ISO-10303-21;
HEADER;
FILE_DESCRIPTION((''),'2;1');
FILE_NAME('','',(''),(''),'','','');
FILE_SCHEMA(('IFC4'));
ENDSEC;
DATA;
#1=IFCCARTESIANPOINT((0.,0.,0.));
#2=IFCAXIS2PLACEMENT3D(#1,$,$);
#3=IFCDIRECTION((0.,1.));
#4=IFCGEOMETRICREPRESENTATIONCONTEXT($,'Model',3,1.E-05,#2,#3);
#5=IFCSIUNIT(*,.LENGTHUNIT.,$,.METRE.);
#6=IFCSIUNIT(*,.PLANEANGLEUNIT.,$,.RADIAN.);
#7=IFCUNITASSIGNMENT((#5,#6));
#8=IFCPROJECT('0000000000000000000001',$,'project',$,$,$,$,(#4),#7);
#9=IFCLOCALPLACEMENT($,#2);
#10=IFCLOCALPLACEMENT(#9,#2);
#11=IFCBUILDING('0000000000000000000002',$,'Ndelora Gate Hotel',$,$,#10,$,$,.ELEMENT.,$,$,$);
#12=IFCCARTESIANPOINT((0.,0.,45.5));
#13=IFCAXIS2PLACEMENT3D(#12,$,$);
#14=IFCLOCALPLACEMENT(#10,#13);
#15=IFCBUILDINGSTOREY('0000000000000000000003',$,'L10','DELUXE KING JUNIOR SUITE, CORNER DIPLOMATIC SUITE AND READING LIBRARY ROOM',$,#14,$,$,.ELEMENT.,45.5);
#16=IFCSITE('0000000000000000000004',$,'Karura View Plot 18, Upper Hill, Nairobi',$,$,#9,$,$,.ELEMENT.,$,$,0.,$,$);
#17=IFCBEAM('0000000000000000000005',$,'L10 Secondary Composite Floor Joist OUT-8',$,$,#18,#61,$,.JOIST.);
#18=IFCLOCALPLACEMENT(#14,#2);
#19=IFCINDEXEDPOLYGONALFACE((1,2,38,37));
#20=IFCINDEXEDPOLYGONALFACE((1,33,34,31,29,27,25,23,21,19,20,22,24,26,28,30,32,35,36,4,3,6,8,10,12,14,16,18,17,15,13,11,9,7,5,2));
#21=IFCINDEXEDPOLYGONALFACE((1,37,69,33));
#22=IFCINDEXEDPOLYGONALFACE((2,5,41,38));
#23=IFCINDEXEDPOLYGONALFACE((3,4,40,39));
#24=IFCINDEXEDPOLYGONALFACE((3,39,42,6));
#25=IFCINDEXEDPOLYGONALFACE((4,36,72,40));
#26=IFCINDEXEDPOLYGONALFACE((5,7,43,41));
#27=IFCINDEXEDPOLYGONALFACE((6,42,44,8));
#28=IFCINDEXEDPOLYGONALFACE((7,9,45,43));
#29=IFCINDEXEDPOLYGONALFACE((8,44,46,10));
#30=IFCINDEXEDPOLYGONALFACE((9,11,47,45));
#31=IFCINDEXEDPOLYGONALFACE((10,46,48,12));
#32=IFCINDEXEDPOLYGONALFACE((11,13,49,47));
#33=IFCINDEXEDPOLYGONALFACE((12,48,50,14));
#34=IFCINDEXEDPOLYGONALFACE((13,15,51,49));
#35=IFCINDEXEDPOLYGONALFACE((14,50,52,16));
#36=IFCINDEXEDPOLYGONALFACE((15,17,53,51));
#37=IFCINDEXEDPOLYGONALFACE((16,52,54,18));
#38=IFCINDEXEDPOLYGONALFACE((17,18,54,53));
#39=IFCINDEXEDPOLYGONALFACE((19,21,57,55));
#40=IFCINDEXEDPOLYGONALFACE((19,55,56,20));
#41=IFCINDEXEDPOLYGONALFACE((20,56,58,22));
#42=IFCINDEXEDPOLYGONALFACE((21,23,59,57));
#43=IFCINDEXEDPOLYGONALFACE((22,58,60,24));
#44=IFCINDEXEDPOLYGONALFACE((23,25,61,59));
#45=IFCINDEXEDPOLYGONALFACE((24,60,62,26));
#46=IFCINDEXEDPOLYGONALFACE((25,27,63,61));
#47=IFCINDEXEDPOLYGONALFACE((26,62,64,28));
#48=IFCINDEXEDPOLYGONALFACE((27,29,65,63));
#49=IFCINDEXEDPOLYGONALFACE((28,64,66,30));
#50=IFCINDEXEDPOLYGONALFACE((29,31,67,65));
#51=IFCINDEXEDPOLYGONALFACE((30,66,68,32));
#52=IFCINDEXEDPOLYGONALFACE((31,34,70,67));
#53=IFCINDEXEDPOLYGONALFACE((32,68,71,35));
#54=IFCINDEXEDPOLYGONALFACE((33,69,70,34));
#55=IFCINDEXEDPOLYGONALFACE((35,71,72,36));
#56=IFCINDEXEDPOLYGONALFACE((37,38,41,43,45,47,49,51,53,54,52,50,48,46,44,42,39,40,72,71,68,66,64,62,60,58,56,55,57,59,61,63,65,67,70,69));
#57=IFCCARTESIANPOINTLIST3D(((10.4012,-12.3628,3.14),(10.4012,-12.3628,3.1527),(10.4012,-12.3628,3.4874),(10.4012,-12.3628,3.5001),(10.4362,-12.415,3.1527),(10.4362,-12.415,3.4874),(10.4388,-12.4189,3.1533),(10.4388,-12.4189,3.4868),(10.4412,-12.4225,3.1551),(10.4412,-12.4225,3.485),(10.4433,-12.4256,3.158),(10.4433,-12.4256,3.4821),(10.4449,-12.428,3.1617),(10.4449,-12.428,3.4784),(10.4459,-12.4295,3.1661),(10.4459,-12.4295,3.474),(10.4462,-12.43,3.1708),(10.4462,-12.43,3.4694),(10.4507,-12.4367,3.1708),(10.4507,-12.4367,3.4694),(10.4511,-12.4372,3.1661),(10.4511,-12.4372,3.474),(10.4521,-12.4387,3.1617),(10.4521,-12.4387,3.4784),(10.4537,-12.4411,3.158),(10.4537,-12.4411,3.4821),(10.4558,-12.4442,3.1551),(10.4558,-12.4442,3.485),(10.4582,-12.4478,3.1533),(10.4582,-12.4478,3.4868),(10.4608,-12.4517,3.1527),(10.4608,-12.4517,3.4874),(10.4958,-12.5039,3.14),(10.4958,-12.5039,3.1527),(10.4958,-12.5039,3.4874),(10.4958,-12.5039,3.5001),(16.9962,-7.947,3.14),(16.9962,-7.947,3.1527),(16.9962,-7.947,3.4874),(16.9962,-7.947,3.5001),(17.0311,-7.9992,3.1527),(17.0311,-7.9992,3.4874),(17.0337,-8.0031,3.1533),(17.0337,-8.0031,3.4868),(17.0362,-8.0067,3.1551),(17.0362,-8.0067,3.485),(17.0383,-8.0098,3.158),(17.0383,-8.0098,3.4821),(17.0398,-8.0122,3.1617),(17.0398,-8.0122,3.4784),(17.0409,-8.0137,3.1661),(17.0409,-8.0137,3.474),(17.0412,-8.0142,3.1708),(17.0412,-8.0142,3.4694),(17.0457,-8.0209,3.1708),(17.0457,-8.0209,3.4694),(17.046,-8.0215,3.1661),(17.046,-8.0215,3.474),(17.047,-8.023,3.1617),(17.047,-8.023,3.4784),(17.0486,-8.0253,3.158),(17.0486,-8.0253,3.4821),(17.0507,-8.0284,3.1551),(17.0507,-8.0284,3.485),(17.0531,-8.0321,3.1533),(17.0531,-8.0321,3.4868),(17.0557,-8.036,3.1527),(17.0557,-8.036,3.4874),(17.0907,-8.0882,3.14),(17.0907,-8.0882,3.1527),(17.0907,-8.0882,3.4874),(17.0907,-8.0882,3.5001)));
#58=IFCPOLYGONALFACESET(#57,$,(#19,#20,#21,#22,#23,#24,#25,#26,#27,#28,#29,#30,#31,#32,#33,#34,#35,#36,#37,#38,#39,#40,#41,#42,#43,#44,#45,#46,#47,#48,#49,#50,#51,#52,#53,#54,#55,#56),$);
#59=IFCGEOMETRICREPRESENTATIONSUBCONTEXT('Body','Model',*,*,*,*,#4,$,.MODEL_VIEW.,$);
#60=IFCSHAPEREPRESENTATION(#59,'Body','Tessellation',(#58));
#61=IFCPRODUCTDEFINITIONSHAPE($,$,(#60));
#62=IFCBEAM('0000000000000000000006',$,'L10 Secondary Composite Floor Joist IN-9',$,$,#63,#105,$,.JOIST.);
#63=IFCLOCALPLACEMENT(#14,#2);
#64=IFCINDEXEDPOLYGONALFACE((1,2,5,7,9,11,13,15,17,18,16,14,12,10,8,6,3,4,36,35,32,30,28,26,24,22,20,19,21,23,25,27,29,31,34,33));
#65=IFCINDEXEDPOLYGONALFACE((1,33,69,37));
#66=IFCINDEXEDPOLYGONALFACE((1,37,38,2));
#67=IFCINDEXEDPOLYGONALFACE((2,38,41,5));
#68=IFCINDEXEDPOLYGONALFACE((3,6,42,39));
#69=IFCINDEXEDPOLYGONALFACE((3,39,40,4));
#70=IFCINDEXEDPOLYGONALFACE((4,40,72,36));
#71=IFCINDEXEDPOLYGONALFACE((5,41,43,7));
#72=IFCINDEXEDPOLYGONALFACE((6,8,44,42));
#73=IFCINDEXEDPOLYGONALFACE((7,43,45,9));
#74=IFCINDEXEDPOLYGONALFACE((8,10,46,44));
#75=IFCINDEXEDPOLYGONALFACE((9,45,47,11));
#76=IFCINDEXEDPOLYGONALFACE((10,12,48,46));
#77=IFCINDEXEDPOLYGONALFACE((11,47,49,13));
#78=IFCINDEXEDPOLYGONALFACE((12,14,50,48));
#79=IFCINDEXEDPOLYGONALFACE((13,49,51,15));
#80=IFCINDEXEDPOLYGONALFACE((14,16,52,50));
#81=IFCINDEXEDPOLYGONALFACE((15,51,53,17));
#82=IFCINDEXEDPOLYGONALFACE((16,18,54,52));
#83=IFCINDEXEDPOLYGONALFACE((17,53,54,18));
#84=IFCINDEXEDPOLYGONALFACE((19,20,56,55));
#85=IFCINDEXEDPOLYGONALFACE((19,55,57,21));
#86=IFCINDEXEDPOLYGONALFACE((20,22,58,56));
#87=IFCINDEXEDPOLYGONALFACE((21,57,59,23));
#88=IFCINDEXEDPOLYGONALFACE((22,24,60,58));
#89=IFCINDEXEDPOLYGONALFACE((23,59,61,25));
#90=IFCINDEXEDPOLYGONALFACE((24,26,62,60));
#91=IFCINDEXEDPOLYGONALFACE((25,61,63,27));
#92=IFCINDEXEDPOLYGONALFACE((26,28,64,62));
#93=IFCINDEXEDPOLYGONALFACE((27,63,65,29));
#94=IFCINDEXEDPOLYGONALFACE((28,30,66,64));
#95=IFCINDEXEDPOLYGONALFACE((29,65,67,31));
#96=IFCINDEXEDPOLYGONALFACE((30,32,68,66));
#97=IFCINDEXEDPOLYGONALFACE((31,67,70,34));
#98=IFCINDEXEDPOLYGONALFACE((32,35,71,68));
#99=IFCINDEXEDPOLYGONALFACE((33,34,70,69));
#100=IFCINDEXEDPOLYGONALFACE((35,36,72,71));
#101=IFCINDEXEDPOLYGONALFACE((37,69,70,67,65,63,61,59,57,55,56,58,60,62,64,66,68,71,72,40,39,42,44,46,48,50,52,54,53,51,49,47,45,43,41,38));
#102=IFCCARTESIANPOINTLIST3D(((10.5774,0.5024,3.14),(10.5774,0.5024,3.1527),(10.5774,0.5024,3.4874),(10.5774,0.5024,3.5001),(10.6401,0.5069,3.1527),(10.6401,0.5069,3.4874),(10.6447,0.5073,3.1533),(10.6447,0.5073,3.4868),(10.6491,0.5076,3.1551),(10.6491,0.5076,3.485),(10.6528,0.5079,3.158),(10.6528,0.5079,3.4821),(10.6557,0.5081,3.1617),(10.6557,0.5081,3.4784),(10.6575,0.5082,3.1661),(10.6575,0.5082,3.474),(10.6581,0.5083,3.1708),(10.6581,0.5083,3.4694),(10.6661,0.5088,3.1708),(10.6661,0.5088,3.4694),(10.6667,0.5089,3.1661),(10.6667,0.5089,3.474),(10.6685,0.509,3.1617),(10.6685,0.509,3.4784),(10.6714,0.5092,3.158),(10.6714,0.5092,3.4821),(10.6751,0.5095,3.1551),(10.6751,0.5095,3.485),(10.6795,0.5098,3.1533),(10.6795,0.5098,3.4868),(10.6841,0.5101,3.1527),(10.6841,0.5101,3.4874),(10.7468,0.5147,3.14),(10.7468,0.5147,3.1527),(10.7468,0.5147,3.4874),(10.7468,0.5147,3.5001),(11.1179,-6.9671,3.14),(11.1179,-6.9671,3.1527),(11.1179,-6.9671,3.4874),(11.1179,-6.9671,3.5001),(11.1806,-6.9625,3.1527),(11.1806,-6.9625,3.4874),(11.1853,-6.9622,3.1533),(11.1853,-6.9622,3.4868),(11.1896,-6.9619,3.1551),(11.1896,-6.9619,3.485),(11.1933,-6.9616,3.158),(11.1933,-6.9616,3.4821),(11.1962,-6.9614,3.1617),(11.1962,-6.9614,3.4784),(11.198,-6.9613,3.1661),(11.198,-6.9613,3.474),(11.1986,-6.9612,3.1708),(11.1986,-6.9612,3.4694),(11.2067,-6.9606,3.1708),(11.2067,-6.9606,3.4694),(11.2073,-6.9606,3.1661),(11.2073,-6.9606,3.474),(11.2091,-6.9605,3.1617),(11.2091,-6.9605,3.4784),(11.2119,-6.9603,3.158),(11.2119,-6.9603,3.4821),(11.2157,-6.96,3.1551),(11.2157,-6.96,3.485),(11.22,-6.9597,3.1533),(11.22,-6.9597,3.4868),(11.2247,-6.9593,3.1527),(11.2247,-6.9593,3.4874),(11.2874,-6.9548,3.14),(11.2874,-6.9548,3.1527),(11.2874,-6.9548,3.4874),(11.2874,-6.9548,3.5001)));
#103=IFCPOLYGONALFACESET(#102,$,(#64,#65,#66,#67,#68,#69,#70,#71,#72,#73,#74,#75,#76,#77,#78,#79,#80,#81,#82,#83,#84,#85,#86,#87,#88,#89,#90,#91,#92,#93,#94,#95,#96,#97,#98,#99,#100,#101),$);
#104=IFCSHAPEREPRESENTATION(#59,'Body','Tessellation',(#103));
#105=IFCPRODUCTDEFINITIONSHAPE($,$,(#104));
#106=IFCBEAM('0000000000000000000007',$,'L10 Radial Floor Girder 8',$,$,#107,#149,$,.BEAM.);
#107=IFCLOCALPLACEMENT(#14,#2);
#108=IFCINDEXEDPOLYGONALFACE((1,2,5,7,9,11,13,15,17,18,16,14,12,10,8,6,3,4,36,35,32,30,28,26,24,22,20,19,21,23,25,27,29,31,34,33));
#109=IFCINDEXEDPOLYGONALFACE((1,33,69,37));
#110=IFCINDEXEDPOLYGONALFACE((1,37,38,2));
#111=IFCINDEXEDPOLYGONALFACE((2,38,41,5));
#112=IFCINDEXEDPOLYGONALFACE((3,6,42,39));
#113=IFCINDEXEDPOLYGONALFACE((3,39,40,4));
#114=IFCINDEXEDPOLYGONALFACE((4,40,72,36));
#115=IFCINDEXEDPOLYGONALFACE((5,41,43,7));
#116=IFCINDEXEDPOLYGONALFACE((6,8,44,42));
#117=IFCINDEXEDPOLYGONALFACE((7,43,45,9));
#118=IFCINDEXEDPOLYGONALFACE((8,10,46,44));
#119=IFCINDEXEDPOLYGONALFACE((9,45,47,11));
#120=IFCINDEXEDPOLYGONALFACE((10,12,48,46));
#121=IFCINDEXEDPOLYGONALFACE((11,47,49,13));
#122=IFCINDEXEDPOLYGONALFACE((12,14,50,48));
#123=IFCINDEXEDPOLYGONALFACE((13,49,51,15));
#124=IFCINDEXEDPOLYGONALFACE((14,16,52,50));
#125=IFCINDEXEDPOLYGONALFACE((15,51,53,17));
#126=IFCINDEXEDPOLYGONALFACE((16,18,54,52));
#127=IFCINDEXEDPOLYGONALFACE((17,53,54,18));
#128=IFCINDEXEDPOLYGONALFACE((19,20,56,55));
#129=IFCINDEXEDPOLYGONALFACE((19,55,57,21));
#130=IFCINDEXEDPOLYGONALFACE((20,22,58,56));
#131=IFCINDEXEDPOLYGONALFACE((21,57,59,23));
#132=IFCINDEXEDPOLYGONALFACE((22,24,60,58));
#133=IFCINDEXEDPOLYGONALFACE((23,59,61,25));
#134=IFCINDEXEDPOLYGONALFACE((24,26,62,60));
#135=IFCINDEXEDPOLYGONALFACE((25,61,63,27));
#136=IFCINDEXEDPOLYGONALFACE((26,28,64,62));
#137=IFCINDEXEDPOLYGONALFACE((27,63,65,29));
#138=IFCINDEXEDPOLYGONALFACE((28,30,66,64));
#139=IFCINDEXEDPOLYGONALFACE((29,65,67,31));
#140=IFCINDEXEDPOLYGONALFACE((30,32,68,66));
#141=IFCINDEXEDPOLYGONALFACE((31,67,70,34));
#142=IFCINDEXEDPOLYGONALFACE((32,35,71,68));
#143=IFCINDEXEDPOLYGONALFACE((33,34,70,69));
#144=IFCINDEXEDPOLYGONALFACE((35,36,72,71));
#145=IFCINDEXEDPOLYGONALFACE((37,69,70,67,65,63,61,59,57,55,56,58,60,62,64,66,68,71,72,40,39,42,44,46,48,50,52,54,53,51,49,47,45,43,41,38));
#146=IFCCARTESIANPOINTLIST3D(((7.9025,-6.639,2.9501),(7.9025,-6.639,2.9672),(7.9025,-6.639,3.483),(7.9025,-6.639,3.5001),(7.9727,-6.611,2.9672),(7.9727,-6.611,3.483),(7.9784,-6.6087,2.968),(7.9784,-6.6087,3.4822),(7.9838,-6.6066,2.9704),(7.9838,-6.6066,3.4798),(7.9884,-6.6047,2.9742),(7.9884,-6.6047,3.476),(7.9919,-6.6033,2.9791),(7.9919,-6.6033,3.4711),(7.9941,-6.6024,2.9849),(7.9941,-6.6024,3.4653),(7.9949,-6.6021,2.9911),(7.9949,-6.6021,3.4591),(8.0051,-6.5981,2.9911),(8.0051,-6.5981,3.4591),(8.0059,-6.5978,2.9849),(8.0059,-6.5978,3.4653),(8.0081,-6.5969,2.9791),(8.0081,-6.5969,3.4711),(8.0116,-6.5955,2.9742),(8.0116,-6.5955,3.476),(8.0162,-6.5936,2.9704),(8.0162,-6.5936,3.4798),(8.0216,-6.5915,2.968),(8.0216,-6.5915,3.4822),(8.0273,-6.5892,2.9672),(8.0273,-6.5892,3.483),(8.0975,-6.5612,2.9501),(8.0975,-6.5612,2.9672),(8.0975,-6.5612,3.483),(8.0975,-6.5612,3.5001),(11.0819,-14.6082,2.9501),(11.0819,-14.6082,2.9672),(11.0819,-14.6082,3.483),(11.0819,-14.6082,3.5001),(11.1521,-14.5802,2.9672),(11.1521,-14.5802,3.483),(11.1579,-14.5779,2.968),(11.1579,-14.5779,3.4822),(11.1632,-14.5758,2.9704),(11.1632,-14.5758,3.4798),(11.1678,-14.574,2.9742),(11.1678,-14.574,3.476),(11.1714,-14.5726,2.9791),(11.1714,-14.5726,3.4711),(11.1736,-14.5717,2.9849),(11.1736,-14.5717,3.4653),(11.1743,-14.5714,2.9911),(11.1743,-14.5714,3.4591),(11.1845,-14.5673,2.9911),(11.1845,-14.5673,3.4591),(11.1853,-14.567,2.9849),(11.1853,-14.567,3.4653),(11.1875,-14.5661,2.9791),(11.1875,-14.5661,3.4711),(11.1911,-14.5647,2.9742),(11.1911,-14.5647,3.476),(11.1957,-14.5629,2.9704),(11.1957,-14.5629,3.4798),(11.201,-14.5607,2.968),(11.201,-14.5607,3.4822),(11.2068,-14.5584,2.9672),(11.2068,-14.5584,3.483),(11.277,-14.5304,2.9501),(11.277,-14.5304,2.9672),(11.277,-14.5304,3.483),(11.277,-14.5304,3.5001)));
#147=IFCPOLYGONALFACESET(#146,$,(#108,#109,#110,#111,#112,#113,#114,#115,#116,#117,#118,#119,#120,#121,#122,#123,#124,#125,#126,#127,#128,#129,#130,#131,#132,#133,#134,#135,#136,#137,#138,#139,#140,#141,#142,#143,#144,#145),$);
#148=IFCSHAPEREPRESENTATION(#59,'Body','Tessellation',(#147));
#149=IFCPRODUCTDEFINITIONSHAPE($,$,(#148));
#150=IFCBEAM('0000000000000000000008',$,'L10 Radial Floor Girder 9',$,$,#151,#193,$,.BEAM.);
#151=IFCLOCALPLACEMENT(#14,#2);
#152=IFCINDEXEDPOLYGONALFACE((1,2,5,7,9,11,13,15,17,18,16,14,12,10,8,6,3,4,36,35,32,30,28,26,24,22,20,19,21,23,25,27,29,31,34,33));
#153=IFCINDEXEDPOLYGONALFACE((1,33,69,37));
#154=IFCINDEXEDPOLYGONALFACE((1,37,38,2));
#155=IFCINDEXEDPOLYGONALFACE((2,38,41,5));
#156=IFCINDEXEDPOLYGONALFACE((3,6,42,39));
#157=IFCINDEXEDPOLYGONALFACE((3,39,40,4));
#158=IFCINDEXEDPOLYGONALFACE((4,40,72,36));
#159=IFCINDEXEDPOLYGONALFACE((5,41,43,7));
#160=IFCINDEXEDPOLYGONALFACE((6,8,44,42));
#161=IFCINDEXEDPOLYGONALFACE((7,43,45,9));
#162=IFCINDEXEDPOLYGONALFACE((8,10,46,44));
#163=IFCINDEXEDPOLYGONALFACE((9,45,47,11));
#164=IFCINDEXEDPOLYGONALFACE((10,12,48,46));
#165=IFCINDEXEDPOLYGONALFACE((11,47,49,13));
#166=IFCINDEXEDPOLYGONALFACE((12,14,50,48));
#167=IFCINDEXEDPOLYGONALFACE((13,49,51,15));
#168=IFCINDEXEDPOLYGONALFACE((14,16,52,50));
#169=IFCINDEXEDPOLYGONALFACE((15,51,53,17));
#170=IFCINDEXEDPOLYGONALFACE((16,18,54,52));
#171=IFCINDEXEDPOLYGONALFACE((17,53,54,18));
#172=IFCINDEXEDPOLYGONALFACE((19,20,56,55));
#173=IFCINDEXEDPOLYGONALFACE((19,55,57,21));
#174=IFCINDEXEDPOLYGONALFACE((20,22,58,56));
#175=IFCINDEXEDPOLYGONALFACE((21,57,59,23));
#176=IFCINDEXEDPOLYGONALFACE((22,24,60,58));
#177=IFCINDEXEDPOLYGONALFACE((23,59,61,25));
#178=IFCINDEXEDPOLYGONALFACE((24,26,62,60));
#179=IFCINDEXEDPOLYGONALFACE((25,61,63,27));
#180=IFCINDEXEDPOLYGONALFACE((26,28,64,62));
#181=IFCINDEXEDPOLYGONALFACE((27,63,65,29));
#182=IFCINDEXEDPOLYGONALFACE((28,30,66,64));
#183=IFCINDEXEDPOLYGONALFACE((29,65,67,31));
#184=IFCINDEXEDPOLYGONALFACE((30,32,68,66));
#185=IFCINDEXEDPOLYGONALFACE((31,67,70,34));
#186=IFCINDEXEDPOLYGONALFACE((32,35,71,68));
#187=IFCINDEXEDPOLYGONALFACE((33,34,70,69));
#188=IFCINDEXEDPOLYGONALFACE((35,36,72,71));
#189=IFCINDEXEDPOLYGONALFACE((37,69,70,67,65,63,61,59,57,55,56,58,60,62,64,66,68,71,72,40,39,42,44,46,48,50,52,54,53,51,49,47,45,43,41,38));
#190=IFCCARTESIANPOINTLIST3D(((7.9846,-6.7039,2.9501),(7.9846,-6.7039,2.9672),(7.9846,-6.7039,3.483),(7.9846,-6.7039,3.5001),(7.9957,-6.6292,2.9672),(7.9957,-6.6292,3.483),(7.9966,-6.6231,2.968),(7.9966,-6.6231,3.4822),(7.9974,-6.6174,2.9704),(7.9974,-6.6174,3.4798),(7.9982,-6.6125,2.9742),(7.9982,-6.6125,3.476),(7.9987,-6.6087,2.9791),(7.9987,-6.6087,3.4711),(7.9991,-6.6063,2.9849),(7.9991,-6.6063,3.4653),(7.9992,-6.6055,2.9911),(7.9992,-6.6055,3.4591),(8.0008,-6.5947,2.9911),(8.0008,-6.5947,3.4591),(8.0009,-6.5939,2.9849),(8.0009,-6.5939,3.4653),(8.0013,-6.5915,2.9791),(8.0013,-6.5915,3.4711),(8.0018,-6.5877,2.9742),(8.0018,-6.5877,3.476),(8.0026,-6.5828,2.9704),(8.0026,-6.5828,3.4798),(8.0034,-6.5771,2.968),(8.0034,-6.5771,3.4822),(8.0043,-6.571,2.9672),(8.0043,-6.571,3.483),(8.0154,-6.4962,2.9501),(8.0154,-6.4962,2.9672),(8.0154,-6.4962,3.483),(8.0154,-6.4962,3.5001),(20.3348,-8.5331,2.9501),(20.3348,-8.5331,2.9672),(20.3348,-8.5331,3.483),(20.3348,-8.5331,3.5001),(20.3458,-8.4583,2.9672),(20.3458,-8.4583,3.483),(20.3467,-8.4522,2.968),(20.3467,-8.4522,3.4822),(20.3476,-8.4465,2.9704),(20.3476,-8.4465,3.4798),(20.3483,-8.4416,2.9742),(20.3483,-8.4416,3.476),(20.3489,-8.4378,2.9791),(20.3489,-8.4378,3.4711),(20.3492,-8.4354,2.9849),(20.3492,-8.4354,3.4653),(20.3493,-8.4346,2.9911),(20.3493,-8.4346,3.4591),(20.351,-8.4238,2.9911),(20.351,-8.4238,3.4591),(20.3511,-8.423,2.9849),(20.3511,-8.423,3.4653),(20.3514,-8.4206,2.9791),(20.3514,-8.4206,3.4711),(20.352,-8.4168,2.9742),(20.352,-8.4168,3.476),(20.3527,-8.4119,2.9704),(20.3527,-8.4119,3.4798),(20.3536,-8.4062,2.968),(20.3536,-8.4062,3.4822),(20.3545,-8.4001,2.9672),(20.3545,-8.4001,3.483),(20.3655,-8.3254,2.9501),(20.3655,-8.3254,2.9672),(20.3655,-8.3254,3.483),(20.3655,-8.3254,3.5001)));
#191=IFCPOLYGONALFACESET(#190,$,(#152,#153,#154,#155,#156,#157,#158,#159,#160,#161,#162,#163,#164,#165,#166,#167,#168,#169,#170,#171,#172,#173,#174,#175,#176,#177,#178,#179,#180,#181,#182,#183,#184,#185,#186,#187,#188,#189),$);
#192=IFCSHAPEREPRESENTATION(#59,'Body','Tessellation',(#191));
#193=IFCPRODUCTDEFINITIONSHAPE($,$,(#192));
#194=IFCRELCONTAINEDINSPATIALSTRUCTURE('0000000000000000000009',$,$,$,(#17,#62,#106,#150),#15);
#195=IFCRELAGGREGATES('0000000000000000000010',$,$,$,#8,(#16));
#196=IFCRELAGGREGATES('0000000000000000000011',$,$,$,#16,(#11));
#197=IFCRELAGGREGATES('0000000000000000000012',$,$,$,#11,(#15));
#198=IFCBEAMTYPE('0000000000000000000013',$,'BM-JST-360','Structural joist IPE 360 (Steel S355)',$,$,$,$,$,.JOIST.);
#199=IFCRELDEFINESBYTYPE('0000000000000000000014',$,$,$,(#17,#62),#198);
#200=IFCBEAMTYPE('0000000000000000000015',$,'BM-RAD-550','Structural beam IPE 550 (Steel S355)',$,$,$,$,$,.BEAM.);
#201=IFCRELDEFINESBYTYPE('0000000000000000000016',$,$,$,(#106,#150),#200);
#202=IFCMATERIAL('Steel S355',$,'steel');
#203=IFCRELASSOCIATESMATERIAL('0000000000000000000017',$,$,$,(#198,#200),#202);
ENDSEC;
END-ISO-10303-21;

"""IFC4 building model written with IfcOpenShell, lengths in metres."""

from ifc_helpers import new_model, si_unit, direction, frame, origin, origin_2d, place, context, subcontext, project, spatial, i_section, extrude, material, material_profile, profile_set, type_object, element, save


model = new_model("IFC4")

# Units and contexts
model_context = context("Model", 3, precision=1e-05, world=origin(), true_north=direction((0.0, 1.0)))
body_context = subcontext(model_context, "Body", "Model", "MODEL_VIEW")
ifc_project = project(units=[si_unit("LENGTHUNIT", "METRE"), si_unit("PLANEANGLEUNIT", "RADIAN")], contexts=[model_context])

# Site, building, storey
site_placement = place(None, origin())
site = spatial("IfcSite", under=ifc_project, at=site_placement, Name="Karura View Plot 18, Upper Hill, Nairobi", CompositionType="ELEMENT", RefElevation=0.0)
building_placement = place(site_placement, origin())
building = spatial("IfcBuilding", under=site, at=building_placement, Name="Ndelora Gate Hotel", CompositionType="ELEMENT")
storey_placement = place(building_placement, frame((0.0, 0.0, 45.5)))
storey = spatial("IfcBuildingStorey", under=building, at=storey_placement, Name="L10", Description="DELUXE KING JUNIOR SUITE, CORNER DIPLOMATIC SUITE AND READING LIBRARY ROOM", CompositionType="ELEMENT", Elevation=45.5)

# Beams
ifc_material_1 = material(Name="Steel S355", Category="steel")
ifc_material_profile_1 = material_profile(ifc_material_1, i_section(OverallWidth=0.1699, OverallDepth=0.3601, WebThickness=0.0081, FlangeThickness=0.0127, FilletRadius=0.0181, at=origin_2d()), Name="IPE 360")
ifc_profile_set_1 = profile_set([ifc_material_profile_1], Name="Steel S355")
beam_type_1 = type_object("IfcBeamType", Name="BM-JST-360", Description="Structural joist IPE 360 (Steel S355)", PredefinedType="JOIST", material=ifc_profile_set_1)
beam_1_placement = place(storey_placement, frame((10.4485, -12.4333, 3.3201), z_axis=(0.830937, 0.556367, 0.0), x_axis=(-0.556367, 0.830937, 0.0)))
element("IfcBeam", 1, at=beam_1_placement, inside=storey, type_object=beam_type_1, Name="L10 Secondary Composite Floor Joist OUT-8", PredefinedType="JOIST", context=body_context, shape_type="SweptSolid", body=[
    extrude(i_section(OverallWidth=0.1699, OverallDepth=0.3601, WebThickness=0.0081, FlangeThickness=0.0127, FilletRadius=0.0181, at=origin_2d()), origin(), (0.0, 0.0, 1.0), 7.9368),
])
beam_2_placement = place(storey_placement, frame((11.2026, -6.9609, 3.3201), z_axis=(-0.072176, 0.997392, 0.0), x_axis=(-0.997392, -0.072176, 0.0)))
element("IfcBeam", 2, at=beam_2_placement, inside=storey, type_object=beam_type_1, Name="L10 Secondary Composite Floor Joist IN-9", PredefinedType="JOIST", context=body_context, shape_type="SweptSolid", body=[
    extrude(i_section(OverallWidth=0.1699, OverallDepth=0.3601, WebThickness=0.0081, FlangeThickness=0.0127, FilletRadius=0.0181, at=origin_2d()), origin(), (0.0, 0.0, 1.0), 7.489),
])
ifc_material_profile_2 = material_profile(ifc_material_1, i_section(OverallWidth=0.21, OverallDepth=0.55, WebThickness=0.011, FlangeThickness=0.0171, FilletRadius=0.0239, at=origin_2d()), Name="IPE 550")
ifc_profile_set_2 = profile_set([ifc_material_profile_2], Name="Steel S355")
beam_type_2 = type_object("IfcBeamType", Name="BM-RAD-550", Description="Structural beam IPE 550 (Steel S355)", PredefinedType="BEAM", material=ifc_profile_set_2)
beam_3_placement = place(storey_placement, frame((8.0, -6.6001, 3.2251), z_axis=(0.370561, -0.928808, 0.0), x_axis=(0.928808, 0.370561, 0.0)))
element("IfcBeam", 3, at=beam_3_placement, inside=storey, type_object=beam_type_2, Name="L10 Radial Floor Girder 8", PredefinedType="BEAM", context=body_context, shape_type="SweptSolid", body=[
    extrude(i_section(OverallWidth=0.21, OverallDepth=0.55, WebThickness=0.011, FlangeThickness=0.0171, FilletRadius=0.0239, at=origin_2d()), origin(), (0.0, 0.0, 1.0), 8.5801),
])
beam_4_placement = place(storey_placement, frame((8.0, -6.6001, 3.2251), z_axis=(0.98921, -0.146506, 0.0), x_axis=(0.146506, 0.98921, 0.0)))
element("IfcBeam", 4, at=beam_4_placement, inside=storey, type_object=beam_type_2, Name="L10 Radial Floor Girder 9", PredefinedType="BEAM", context=body_context, shape_type="SweptSolid", body=[
    extrude(i_section(OverallWidth=0.21, OverallDepth=0.55, WebThickness=0.011, FlangeThickness=0.0171, FilletRadius=0.0239, at=origin_2d()), origin(), (0.0, 0.0, 1.0), 12.4849),
])

save(model, "model.ifc")
